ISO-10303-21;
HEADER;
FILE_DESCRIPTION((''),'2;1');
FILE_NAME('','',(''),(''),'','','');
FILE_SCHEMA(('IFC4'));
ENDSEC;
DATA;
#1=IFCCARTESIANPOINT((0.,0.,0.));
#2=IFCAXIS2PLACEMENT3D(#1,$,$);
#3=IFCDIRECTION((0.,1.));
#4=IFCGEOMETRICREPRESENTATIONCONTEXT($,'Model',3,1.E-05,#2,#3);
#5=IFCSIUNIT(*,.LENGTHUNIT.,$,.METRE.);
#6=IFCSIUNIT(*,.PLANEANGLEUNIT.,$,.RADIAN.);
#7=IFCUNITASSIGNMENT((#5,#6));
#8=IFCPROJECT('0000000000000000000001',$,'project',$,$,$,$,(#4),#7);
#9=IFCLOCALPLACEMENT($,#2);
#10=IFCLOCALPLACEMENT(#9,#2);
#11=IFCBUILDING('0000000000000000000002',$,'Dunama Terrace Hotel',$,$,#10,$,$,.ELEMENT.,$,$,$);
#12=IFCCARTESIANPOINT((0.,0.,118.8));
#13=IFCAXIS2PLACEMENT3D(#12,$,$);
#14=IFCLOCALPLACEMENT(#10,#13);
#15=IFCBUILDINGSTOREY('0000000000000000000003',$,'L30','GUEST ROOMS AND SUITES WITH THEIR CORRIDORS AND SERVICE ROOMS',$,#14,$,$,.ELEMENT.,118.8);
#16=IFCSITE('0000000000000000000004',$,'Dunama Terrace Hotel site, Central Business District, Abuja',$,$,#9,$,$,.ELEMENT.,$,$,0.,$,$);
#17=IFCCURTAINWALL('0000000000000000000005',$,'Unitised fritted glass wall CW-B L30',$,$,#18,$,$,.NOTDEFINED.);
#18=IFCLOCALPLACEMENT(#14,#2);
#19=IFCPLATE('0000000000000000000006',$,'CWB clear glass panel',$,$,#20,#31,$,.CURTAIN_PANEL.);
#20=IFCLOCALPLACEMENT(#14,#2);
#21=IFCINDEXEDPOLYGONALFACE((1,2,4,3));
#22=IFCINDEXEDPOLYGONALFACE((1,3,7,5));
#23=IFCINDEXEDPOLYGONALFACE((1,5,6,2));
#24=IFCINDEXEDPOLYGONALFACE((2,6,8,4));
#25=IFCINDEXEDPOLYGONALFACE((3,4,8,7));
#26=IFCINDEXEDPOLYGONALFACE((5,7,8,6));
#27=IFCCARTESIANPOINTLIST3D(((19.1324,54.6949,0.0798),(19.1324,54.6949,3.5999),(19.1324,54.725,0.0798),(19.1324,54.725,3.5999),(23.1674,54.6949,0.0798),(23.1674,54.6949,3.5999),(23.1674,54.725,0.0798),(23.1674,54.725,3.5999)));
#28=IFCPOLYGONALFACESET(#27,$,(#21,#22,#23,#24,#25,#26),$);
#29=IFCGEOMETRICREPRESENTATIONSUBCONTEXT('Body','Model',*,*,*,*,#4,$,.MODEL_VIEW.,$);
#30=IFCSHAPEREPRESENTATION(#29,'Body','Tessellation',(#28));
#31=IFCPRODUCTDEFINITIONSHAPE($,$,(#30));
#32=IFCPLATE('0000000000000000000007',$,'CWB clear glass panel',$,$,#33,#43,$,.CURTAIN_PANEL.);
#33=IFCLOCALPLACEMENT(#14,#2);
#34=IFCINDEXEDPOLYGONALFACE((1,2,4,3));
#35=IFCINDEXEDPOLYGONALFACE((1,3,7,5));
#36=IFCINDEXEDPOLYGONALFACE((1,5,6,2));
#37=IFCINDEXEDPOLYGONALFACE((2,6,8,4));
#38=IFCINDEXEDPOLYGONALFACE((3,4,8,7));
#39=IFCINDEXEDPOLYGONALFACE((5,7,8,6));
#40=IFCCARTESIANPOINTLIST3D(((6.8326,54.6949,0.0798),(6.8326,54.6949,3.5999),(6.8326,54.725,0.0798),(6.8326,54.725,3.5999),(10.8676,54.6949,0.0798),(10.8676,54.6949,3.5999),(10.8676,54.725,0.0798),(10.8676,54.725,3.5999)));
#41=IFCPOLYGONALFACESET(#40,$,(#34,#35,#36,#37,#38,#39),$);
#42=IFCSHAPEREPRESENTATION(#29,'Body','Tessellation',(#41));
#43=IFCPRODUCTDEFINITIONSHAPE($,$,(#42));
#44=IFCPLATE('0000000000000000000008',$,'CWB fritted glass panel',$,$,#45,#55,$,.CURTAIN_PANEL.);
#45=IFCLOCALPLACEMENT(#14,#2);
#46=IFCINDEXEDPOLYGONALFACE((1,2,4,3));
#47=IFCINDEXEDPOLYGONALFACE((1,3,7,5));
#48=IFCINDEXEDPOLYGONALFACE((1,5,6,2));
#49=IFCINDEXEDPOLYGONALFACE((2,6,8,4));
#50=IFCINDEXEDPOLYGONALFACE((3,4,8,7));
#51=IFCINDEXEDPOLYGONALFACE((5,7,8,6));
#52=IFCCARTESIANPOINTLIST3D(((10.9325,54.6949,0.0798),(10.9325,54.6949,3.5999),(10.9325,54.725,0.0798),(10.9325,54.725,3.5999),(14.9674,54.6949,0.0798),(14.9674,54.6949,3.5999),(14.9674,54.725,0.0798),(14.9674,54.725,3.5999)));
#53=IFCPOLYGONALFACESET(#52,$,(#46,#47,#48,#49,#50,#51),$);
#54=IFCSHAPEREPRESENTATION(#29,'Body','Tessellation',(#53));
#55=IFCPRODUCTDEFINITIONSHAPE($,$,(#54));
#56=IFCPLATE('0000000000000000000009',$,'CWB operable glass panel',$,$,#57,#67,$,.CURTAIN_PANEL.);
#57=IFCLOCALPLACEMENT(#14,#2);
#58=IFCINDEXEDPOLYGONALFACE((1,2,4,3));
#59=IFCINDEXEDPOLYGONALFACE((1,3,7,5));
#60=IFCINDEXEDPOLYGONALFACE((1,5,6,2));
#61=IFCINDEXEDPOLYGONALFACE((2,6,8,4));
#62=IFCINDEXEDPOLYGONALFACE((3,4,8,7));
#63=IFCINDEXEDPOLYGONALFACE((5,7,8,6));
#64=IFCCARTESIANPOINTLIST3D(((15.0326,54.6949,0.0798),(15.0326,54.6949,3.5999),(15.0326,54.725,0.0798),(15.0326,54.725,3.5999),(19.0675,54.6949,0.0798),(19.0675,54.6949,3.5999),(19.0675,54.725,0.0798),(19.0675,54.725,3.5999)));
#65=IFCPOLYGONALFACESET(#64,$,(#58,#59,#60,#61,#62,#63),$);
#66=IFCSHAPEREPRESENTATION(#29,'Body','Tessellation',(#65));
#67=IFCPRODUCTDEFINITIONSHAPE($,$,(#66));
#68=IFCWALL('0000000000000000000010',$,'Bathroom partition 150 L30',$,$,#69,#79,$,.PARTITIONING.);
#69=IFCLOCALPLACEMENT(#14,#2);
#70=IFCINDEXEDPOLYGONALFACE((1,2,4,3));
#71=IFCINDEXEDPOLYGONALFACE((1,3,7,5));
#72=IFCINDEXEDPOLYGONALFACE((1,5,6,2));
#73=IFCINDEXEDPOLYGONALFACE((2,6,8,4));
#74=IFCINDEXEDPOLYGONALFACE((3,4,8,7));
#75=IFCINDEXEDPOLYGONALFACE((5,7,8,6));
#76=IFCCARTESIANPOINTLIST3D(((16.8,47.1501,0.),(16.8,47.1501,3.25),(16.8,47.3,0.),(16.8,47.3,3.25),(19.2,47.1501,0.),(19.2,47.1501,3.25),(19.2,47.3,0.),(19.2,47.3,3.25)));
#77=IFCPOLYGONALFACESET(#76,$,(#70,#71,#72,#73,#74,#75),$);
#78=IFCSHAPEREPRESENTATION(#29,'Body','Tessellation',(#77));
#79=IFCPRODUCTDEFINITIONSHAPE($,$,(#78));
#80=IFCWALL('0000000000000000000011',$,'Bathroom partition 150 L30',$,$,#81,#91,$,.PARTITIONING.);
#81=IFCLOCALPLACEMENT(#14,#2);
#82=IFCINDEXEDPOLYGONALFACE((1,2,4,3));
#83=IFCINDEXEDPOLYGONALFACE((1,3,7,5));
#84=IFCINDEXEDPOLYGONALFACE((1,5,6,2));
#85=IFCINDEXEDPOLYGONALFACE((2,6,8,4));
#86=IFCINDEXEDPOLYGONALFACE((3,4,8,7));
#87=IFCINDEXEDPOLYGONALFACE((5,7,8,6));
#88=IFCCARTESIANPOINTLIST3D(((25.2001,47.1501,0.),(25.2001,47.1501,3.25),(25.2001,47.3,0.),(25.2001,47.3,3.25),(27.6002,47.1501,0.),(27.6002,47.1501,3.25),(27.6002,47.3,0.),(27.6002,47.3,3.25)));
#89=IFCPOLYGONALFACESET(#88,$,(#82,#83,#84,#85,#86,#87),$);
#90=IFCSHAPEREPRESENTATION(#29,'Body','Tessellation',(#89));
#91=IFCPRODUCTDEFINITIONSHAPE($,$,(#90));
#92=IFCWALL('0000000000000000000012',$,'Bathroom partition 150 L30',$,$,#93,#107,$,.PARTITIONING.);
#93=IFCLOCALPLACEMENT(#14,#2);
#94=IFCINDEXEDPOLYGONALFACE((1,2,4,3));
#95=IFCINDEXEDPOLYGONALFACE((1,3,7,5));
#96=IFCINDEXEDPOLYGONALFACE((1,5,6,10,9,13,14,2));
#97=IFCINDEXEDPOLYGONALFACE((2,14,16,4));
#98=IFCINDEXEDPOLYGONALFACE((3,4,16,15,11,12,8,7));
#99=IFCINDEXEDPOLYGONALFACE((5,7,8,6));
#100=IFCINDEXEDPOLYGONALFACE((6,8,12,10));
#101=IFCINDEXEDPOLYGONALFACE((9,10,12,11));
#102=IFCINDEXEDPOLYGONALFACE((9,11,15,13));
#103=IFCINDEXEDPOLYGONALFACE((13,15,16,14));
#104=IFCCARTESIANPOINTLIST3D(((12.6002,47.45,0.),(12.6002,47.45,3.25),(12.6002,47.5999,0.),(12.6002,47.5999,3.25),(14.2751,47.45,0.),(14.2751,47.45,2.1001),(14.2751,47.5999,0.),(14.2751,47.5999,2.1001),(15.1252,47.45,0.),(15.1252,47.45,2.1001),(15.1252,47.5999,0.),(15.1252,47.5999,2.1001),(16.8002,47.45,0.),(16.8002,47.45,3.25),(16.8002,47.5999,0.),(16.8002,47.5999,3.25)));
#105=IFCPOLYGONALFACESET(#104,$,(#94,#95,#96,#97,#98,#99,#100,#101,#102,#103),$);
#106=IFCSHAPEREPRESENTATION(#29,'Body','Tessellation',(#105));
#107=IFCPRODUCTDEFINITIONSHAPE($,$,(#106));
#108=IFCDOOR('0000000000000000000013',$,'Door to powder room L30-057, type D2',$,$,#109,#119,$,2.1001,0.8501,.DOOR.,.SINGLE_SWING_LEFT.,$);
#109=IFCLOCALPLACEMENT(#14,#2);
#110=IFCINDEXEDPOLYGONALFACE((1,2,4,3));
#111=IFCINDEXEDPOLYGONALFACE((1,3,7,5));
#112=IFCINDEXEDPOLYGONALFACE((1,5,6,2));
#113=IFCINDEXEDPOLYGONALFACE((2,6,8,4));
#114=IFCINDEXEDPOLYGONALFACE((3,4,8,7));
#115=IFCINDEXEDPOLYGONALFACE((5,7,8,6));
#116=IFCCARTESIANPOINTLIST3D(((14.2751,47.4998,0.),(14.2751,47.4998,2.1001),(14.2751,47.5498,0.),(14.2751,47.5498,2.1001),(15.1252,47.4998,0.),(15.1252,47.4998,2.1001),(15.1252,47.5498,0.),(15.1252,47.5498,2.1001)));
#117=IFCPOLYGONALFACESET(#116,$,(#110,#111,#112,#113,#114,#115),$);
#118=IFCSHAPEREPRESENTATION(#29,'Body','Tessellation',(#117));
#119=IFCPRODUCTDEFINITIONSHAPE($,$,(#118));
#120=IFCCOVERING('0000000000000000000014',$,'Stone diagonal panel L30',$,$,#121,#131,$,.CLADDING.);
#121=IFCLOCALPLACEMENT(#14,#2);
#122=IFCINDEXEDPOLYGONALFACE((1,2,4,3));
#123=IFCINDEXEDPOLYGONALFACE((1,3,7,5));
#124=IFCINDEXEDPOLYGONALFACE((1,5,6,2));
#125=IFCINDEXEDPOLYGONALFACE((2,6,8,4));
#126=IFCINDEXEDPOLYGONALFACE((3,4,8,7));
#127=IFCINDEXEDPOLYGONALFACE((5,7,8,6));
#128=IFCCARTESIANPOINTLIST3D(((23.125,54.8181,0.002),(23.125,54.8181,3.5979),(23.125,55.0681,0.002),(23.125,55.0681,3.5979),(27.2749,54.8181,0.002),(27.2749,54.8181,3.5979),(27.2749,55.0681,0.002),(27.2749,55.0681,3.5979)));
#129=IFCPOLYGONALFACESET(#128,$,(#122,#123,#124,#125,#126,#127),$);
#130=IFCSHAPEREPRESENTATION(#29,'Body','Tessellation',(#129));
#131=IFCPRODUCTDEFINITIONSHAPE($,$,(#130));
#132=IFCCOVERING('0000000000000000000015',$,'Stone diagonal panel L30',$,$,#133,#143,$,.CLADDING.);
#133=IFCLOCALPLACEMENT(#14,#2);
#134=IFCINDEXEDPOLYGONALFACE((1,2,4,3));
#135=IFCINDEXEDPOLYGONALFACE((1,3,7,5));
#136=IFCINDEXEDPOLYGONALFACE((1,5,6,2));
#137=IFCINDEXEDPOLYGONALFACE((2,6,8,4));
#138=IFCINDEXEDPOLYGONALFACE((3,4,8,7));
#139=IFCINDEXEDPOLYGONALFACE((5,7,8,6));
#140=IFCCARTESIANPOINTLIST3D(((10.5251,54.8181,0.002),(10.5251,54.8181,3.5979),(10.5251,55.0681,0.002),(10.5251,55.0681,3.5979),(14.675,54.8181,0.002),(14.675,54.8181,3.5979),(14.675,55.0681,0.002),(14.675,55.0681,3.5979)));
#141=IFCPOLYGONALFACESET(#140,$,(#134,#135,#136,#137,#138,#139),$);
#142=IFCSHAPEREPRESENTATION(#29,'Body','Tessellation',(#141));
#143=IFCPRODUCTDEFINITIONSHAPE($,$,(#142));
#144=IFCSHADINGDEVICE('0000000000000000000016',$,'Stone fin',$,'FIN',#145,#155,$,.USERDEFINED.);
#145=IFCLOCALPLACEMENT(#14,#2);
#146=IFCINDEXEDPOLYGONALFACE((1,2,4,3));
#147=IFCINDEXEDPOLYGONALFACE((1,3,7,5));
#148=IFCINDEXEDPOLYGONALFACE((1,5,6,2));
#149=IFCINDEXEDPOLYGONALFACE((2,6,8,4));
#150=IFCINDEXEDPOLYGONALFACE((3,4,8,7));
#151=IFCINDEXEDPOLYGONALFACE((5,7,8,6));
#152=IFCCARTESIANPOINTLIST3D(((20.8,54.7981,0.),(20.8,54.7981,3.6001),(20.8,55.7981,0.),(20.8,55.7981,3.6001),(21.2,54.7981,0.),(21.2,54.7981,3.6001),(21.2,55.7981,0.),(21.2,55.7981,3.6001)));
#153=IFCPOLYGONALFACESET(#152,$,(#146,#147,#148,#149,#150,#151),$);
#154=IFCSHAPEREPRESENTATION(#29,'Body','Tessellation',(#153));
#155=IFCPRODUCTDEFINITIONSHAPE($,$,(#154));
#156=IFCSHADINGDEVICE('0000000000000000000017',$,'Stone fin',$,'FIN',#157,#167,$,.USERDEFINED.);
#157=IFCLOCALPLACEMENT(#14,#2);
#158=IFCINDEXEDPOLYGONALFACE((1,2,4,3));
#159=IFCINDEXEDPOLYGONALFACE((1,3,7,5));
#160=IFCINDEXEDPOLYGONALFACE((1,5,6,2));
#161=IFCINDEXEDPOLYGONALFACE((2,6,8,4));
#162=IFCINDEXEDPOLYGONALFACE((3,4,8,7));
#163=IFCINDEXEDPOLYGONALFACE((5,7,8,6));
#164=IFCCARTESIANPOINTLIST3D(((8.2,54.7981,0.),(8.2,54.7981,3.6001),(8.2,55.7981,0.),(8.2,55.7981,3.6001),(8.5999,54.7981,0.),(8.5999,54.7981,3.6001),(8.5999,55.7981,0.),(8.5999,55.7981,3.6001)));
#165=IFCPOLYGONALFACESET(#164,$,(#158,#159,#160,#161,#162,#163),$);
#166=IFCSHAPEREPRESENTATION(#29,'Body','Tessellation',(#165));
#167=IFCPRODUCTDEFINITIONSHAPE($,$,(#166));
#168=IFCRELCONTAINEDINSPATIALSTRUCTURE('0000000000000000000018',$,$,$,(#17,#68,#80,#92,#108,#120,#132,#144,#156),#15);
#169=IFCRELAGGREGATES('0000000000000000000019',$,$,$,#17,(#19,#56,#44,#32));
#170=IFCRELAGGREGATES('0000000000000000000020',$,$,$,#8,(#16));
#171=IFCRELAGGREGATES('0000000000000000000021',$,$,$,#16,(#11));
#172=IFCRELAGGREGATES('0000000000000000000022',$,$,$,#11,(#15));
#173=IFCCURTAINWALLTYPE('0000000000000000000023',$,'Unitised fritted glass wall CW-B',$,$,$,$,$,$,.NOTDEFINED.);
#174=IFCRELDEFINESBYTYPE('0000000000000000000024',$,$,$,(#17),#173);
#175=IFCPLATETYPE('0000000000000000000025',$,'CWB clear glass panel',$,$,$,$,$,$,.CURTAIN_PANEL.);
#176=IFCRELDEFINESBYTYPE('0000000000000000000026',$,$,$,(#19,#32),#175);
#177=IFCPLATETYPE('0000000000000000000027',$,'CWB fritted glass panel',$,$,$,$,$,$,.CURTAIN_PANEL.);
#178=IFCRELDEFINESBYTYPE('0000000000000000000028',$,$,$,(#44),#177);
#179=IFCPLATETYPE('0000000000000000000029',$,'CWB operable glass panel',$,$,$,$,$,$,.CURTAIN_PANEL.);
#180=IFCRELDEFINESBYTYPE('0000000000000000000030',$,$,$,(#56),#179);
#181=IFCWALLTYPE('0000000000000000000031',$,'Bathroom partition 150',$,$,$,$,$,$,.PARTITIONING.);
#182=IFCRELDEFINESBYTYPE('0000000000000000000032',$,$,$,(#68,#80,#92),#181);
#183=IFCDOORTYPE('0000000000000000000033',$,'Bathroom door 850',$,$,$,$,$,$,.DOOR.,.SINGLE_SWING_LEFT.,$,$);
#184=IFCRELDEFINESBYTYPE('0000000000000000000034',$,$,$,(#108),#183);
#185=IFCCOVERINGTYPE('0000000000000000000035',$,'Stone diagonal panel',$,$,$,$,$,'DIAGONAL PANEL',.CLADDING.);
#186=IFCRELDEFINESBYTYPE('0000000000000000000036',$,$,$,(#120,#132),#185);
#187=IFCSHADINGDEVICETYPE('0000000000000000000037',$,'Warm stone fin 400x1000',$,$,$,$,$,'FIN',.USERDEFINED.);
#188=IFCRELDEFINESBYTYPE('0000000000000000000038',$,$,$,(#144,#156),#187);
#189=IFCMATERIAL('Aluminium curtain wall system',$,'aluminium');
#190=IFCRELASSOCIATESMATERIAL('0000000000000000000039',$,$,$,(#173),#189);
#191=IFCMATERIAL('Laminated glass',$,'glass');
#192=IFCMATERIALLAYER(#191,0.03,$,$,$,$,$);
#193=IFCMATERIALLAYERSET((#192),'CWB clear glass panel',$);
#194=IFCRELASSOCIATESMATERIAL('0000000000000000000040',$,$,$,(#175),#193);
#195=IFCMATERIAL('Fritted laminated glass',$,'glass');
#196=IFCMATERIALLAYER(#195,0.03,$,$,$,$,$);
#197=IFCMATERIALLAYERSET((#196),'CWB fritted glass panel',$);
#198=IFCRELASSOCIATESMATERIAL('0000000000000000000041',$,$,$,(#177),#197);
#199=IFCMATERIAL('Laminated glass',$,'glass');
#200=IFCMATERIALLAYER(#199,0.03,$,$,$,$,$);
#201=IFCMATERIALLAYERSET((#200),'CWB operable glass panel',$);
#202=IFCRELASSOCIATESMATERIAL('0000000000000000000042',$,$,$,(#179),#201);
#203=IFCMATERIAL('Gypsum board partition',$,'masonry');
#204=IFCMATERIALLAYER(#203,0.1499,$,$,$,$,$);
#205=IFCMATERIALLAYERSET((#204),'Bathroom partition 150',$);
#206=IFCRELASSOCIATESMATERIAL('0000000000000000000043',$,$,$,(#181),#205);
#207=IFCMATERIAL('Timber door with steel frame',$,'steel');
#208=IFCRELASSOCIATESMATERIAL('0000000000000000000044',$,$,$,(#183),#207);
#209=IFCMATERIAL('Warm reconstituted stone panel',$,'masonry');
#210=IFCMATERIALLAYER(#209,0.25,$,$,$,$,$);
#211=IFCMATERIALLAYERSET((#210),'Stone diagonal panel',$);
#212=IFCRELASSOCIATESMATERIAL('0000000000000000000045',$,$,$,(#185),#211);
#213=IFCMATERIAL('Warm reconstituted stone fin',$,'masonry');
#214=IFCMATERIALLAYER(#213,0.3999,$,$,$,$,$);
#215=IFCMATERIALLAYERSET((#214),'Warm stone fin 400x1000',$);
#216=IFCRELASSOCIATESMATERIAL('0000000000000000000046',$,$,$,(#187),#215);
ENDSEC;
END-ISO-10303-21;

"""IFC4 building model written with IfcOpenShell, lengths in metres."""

from ifc_helpers import new_model, si_unit, direction, frame, frame_2d, origin, origin_2d, place, context, subcontext, project, spatial, rectangle, extrude, material, layer, layer_set, type_object, element, fill, aggregate, save


model = new_model("IFC4")

# Units and contexts
model_context = context("Model", 3, precision=1e-05, world=origin(), true_north=direction((0.0, 1.0)))
body_context = subcontext(model_context, "Body", "Model", "MODEL_VIEW")
ifc_project = project(units=[si_unit("LENGTHUNIT", "METRE"), si_unit("PLANEANGLEUNIT", "RADIAN")], contexts=[model_context])

# Site, building, storey
site_placement = place(None, origin())
site = spatial("IfcSite", under=ifc_project, at=site_placement, Name="Dunama Terrace Hotel site, Central Business District, Abuja", CompositionType="ELEMENT", RefElevation=0.0)
building_placement = place(site_placement, origin())
building = spatial("IfcBuilding", under=site, at=building_placement, Name="Dunama Terrace Hotel", CompositionType="ELEMENT")
storey_placement = place(building_placement, frame((0.0, 0.0, 118.8)))
storey = spatial("IfcBuildingStorey", under=building, at=storey_placement, Name="L30", Description="GUEST ROOMS AND SUITES WITH THEIR CORRIDORS AND SERVICE ROOMS", CompositionType="ELEMENT", Elevation=118.8)

# Curtain wall
ifc_material_1 = material(Name="Aluminium curtain wall system", Category="aluminium")
curtain_wall_type = type_object("IfcCurtainWallType", Name="Unitised fritted glass wall CW-B", PredefinedType="NOTDEFINED", material=ifc_material_1)
curtain_wall_placement = place(storey_placement, origin())
curtain_wall = element("IfcCurtainWall", 1, at=curtain_wall_placement, inside=storey, type_object=curtain_wall_type, Name="Unitised fritted glass wall CW-B L30", PredefinedType="NOTDEFINED")

# Plates
ifc_material_2 = material(Name="Laminated glass", Category="glass")
ifc_layer_1 = layer(ifc_material_2, 0.03)
ifc_layer_set_1 = layer_set([ifc_layer_1], Name="CWB clear glass panel")
plate_type_1 = type_object("IfcPlateType", Name="CWB clear glass panel", PredefinedType="CURTAIN_PANEL", material=ifc_layer_set_1)
plate_1_placement = place(storey_placement, frame((21.1499, 54.71, 0.0798), z_axis=(0.0, 0.0, 1.0), x_axis=(-1.0, 0.0, 0.0)))
plate_1 = element("IfcPlate", 2, at=plate_1_placement, type_object=plate_type_1, Name="CWB clear glass panel", PredefinedType="CURTAIN_PANEL", context=body_context, shape_type="SweptSolid", body=[
    extrude(rectangle(XDim=4.0349, YDim=0.03, at=origin_2d()), origin(), (0.0, 0.0, 1.0), 3.52),
])
plate_2_placement = place(storey_placement, frame((8.8501, 54.71, 0.0798), z_axis=(0.0, 0.0, 1.0), x_axis=(-1.0, 0.0, 0.0)))
plate_2 = element("IfcPlate", 3, at=plate_2_placement, type_object=plate_type_1, Name="CWB clear glass panel", PredefinedType="CURTAIN_PANEL", context=body_context, shape_type="SweptSolid", body=[
    extrude(rectangle(XDim=4.0349, YDim=0.03, at=origin_2d()), origin(), (0.0, 0.0, 1.0), 3.52),
])
ifc_material_3 = material(Name="Fritted laminated glass", Category="glass")
ifc_layer_2 = layer(ifc_material_3, 0.03)
ifc_layer_set_2 = layer_set([ifc_layer_2], Name="CWB fritted glass panel")
plate_type_2 = type_object("IfcPlateType", Name="CWB fritted glass panel", PredefinedType="CURTAIN_PANEL", material=ifc_layer_set_2)
plate_3_placement = place(storey_placement, frame((12.95, 54.71, 0.0798), z_axis=(0.0, 0.0, 1.0), x_axis=(-1.0, 0.0, 0.0)))
plate_3 = element("IfcPlate", 4, at=plate_3_placement, type_object=plate_type_2, Name="CWB fritted glass panel", PredefinedType="CURTAIN_PANEL", context=body_context, shape_type="SweptSolid", body=[
    extrude(rectangle(XDim=4.0349, YDim=0.03, at=origin_2d()), origin(), (0.0, 0.0, 1.0), 3.52),
])
ifc_material_4 = material(Name="Laminated glass", Category="glass")
ifc_layer_3 = layer(ifc_material_4, 0.03)
ifc_layer_set_3 = layer_set([ifc_layer_3], Name="CWB operable glass panel")
plate_type_3 = type_object("IfcPlateType", Name="CWB operable glass panel", PredefinedType="CURTAIN_PANEL", material=ifc_layer_set_3)
plate_4_placement = place(storey_placement, frame((17.05, 54.71, 0.0798), z_axis=(0.0, 0.0, 1.0), x_axis=(-1.0, 0.0, 0.0)))
plate_4 = element("IfcPlate", 5, at=plate_4_placement, type_object=plate_type_3, Name="CWB operable glass panel", PredefinedType="CURTAIN_PANEL", context=body_context, shape_type="SweptSolid", body=[
    extrude(rectangle(XDim=4.0349, YDim=0.03, at=origin_2d()), origin(), (0.0, 0.0, 1.0), 3.52),
])
aggregate(curtain_wall, [plate_1, plate_4, plate_3, plate_2])

# Walls
ifc_material_5 = material(Name="Gypsum board partition", Category="masonry")
ifc_layer_4 = layer(ifc_material_5, 0.1499)
ifc_layer_set_4 = layer_set([ifc_layer_4], Name="Bathroom partition 150")
wall_type = type_object("IfcWallType", Name="Bathroom partition 150", PredefinedType="PARTITIONING", material=ifc_layer_set_4)
wall_1_placement = place(storey_placement, frame((16.8, 47.2251, 0.0), z_axis=(0.0, 0.0, 1.0), x_axis=(1.0, 0.0, 0.0)))
element("IfcWall", 6, at=wall_1_placement, inside=storey, type_object=wall_type, Name="Bathroom partition 150 L30", PredefinedType="PARTITIONING", context=body_context, shape_type="SweptSolid", body=[
    extrude(rectangle(XDim=2.3999, YDim=0.1499, at=frame_2d((1.2, 0.0))), origin(), (0.0, 0.0, 1.0), 3.25),
])
wall_2_placement = place(storey_placement, frame((25.2, 47.2251, 0.0), z_axis=(0.0, 0.0, 1.0), x_axis=(1.0, 0.0, 0.0)))
element("IfcWall", 7, at=wall_2_placement, inside=storey, type_object=wall_type, Name="Bathroom partition 150 L30", PredefinedType="PARTITIONING", context=body_context, shape_type="SweptSolid", body=[
    extrude(rectangle(XDim=2.4001, YDim=0.1499, at=frame_2d((1.2002, 0.0))), origin(), (0.0, 0.0, 1.0), 3.25),
])

# Wall, opening, door
wall_3_placement = place(storey_placement, frame((12.6001, 47.5249, 0.0), z_axis=(0.0, 0.0, 1.0), x_axis=(1.0, 0.0, 0.0)))
wall_3 = element("IfcWall", 8, at=wall_3_placement, inside=storey, type_object=wall_type, Name="Bathroom partition 150 L30", PredefinedType="PARTITIONING", context=body_context, shape_type="SweptSolid", body=[
    extrude(rectangle(XDim=4.2, YDim=0.1499, at=frame_2d((2.1001, 0.0))), origin(), (0.0, 0.0, 1.0), 3.25),
])
opening_placement = place(wall_3_placement, frame((1.675, 0.0, 0.0)))
opening = element("IfcOpeningElement", 9, at=opening_placement, cuts=wall_3, PredefinedType="OPENING", context=body_context, shape_type="SweptSolid", body=[
    extrude(rectangle(XDim=0.8501, YDim=2.1001, at=frame_2d((0.425, 1.05))), frame((0.0, 0.085, 0.0), z_axis=(0.0, -1.0, 0.0), x_axis=(1.0, 0.0, 0.0)), (0.0, 0.0, 1.0), 0.1699),
])
ifc_material_6 = material(Name="Timber door with steel frame", Category="steel")
door_type = type_object("IfcDoorType", Name="Bathroom door 850", OperationType="SINGLE_SWING_LEFT", PredefinedType="DOOR", material=ifc_material_6)
door_placement = place(opening_placement, frame((0.8501, 0.0, 0.0), z_axis=(0.0, 0.0, 1.0), x_axis=(-1.0, 0.0, 0.0)))
door = element("IfcDoor", 10, at=door_placement, inside=storey, type_object=door_type, Name="Door to powder room L30-057, type D2", OperationType="SINGLE_SWING_LEFT", OverallHeight=2.1001, OverallWidth=0.8501, PredefinedType="DOOR", context=body_context, shape_type="SweptSolid", body=[
    extrude(rectangle(XDim=0.8501, YDim=2.1001, at=frame_2d((0.425, 1.05))), frame((0.0, 0.0251, 0.0), z_axis=(0.0, -1.0, 0.0), x_axis=(1.0, 0.0, 0.0)), (0.0, 0.0, 1.0), 0.05),
])
fill(opening, door)

# Coverings
ifc_material_7 = material(Name="Warm reconstituted stone panel", Category="masonry")
ifc_layer_5 = layer(ifc_material_7, 0.25)
ifc_layer_set_5 = layer_set([ifc_layer_5], Name="Stone diagonal panel")
covering_type = type_object("IfcCoveringType", Name="Stone diagonal panel", ElementType="DIAGONAL PANEL", PredefinedType="CLADDING", material=ifc_layer_set_5)
for number, where, z_axis, x_axis, name in (
    (11, (25.2, 54.9431, 0.002), (0.0, 0.0, 1.0), (-1.0, 0.0, 0.0), "Stone diagonal panel L30"),
    (12, (12.6001, 54.9431, 0.002), (0.0, 0.0, 1.0), (-1.0, 0.0, 0.0), "Stone diagonal panel L30"),
):
    element("IfcCovering", number, at=place(storey_placement, frame(where, z_axis=z_axis, x_axis=x_axis)), inside=storey, type_object=covering_type, Name=name, PredefinedType="CLADDING", context=body_context, shape_type="SweptSolid", body=[
        extrude(rectangle(XDim=4.1499, YDim=0.25, at=origin_2d()), origin(), (0.0, 0.0, 1.0), 3.5959),
    ])

# Shading devices
ifc_material_8 = material(Name="Warm reconstituted stone fin", Category="masonry")
ifc_layer_6 = layer(ifc_material_8, 0.3999)
ifc_layer_set_6 = layer_set([ifc_layer_6], Name="Warm stone fin 400x1000")
shading_device_type = type_object("IfcShadingDeviceType", Name="Warm stone fin 400x1000", ElementType="FIN", PredefinedType="USERDEFINED", material=ifc_layer_set_6)
for number, where, z_axis, x_axis, name in (
    (13, (21.0, 55.2981, 0.0), (0.0, 0.0, 1.0), (-1.0, 0.0, 0.0), "Stone fin"),
    (14, (8.3999, 55.2981, 0.0), (0.0, 0.0, 1.0), (-1.0, 0.0, 0.0), "Stone fin"),
):
    element("IfcShadingDevice", number, at=place(storey_placement, frame(where, z_axis=z_axis, x_axis=x_axis)), inside=storey, type_object=shading_device_type, Name=name, ObjectType="FIN", PredefinedType="USERDEFINED", context=body_context, shape_type="SweptSolid", body=[
        extrude(rectangle(XDim=0.3999, YDim=1.0, at=origin_2d()), origin(), (0.0, 0.0, 1.0), 3.6001),
    ])

save(model, "model.ifc")
